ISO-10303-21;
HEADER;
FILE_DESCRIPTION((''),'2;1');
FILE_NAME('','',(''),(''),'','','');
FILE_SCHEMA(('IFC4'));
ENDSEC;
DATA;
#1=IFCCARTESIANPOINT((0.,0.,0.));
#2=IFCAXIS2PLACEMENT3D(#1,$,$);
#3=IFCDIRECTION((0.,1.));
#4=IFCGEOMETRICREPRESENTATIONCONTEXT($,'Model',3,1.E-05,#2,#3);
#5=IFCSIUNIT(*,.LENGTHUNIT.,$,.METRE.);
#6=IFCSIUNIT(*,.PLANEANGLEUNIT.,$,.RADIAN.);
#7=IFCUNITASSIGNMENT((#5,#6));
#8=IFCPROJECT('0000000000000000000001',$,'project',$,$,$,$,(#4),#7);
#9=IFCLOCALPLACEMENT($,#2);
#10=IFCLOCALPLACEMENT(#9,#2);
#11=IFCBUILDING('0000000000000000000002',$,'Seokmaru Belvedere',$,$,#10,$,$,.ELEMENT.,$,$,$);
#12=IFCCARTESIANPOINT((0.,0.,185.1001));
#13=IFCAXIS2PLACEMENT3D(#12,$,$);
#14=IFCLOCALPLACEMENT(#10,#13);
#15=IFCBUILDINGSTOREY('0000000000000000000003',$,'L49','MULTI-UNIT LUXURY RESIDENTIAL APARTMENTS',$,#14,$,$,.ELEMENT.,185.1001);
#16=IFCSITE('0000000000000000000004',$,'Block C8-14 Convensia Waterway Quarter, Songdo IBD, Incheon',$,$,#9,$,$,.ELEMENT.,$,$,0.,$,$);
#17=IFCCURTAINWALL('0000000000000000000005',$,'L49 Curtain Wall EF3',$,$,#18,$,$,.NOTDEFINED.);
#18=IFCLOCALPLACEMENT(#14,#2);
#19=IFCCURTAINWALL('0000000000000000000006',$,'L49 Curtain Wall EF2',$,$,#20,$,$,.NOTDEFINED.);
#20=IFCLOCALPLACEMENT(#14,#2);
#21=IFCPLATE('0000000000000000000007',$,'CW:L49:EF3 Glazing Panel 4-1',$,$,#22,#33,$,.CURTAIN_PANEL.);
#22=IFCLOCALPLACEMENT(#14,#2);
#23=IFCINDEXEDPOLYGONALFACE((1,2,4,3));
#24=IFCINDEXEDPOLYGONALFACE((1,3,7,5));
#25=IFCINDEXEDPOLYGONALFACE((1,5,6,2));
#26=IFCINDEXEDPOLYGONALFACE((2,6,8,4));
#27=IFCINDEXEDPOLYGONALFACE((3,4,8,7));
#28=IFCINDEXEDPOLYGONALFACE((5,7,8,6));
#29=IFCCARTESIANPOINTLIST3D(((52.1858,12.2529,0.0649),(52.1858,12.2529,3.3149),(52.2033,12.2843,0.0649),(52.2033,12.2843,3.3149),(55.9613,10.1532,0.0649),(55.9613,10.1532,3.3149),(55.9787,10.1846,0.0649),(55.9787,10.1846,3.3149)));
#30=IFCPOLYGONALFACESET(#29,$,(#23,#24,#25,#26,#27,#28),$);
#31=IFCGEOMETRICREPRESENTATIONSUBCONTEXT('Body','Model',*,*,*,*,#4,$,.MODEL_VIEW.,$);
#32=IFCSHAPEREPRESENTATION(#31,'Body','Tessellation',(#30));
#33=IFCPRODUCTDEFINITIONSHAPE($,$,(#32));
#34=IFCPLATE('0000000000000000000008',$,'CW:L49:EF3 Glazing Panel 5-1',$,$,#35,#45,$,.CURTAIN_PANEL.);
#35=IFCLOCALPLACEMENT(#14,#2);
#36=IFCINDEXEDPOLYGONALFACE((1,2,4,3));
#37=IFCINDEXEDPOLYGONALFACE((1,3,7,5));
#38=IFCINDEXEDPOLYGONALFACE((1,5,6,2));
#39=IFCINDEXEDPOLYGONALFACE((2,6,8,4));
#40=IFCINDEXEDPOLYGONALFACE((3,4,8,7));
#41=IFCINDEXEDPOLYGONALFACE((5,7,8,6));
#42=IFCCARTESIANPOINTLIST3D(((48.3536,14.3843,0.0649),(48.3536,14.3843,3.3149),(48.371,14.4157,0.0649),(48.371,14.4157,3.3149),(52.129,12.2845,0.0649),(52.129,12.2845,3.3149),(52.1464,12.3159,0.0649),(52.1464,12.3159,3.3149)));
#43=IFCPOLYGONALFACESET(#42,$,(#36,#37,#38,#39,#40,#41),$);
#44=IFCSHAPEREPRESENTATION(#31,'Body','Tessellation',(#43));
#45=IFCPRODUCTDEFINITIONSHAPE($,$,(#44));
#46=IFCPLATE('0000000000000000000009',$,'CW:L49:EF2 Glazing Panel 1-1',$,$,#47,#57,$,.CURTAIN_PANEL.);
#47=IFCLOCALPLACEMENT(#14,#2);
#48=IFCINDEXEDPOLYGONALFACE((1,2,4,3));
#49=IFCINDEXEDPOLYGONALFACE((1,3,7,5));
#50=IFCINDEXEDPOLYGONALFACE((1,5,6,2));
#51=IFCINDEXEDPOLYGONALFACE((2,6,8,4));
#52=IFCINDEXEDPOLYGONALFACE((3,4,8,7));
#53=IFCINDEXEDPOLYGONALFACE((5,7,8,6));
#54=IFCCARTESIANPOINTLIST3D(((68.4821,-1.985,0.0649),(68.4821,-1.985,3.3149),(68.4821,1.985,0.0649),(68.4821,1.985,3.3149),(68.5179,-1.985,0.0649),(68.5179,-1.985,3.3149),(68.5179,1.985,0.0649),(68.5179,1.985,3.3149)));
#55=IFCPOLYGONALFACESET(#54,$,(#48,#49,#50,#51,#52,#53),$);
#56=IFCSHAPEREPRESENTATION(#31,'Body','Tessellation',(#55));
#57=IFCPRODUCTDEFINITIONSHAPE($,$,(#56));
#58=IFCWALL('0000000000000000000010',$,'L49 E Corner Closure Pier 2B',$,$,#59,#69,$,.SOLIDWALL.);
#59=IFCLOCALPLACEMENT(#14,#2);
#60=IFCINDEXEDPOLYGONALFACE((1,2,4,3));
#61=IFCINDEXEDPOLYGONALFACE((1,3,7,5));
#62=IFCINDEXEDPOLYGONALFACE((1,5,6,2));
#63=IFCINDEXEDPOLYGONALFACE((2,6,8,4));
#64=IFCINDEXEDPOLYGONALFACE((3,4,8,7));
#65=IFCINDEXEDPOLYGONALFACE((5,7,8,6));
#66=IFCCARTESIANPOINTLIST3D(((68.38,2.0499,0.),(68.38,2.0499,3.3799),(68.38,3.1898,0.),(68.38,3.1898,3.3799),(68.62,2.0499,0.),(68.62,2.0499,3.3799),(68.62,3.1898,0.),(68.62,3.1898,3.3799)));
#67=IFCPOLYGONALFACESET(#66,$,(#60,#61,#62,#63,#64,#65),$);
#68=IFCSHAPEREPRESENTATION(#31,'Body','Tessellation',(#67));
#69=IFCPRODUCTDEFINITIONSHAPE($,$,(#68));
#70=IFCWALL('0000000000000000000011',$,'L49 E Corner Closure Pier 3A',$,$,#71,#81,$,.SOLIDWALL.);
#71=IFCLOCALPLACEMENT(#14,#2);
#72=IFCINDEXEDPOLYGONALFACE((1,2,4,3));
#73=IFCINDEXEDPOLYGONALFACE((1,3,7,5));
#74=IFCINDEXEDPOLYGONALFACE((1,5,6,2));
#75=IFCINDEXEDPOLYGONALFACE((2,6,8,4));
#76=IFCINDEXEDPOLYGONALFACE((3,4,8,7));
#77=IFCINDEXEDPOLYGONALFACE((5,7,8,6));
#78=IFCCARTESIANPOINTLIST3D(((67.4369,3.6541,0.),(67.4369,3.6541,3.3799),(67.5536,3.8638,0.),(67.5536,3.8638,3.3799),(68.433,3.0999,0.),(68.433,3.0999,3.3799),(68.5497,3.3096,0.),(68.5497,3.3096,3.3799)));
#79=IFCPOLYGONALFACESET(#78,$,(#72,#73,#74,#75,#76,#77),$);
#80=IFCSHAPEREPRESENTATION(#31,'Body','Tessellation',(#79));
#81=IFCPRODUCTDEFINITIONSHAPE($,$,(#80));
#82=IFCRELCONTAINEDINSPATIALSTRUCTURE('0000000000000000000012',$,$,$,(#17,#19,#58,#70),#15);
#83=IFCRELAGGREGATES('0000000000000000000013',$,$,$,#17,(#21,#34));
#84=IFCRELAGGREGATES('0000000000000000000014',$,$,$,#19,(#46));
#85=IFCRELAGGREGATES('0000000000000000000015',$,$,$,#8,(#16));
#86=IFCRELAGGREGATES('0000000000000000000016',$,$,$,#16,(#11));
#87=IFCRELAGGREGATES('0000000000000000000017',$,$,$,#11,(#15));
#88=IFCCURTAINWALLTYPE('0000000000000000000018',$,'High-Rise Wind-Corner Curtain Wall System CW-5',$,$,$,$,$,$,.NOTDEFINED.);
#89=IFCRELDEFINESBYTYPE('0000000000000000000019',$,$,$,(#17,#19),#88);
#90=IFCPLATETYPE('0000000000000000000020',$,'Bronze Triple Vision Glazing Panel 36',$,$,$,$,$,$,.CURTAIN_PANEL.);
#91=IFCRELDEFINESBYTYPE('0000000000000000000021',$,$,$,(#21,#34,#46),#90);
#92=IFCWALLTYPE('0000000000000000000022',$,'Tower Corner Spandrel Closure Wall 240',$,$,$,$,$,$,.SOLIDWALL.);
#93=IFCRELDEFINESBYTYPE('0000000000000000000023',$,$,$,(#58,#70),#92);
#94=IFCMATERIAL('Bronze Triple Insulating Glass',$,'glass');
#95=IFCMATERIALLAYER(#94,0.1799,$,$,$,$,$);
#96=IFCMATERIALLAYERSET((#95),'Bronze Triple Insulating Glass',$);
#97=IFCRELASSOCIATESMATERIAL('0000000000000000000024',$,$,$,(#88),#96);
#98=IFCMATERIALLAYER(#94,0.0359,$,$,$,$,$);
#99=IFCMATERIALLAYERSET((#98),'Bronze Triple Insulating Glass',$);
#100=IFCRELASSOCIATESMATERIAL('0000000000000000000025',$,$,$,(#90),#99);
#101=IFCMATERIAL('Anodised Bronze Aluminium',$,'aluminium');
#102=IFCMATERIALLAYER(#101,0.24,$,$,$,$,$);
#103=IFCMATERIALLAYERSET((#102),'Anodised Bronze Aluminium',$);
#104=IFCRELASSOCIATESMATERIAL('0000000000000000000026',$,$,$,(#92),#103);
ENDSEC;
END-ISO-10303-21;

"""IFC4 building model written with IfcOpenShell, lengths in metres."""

from ifc_helpers import new_model, si_unit, direction, frame, frame_2d, origin, origin_2d, place, context, subcontext, project, spatial, rectangle, extrude, source, transform, mapped, material, layer, layer_set, type_object, element, aggregate, save


model = new_model("IFC4")

# Units and contexts
model_context = context("Model", 3, precision=1e-05, world=origin(), true_north=direction((0.0, 1.0)))
body_context = subcontext(model_context, "Body", "Model", "MODEL_VIEW")
ifc_project = project(units=[si_unit("LENGTHUNIT", "METRE"), si_unit("PLANEANGLEUNIT", "RADIAN")], contexts=[model_context])

# Site, building, storey
site_placement = place(None, origin())
site = spatial("IfcSite", under=ifc_project, at=site_placement, Name="Block C8-14 Convensia Waterway Quarter, Songdo IBD, Incheon", CompositionType="ELEMENT", RefElevation=0.0)
building_placement = place(site_placement, origin())
building = spatial("IfcBuilding", under=site, at=building_placement, Name="Seokmaru Belvedere", CompositionType="ELEMENT")
storey_placement = place(building_placement, frame((0.0, 0.0, 185.1001)))
storey = spatial("IfcBuildingStorey", under=building, at=storey_placement, Name="L49", Description="MULTI-UNIT LUXURY RESIDENTIAL APARTMENTS", CompositionType="ELEMENT", Elevation=185.1001)

# Curtain walls
ifc_material_1 = material(Name="Bronze Triple Insulating Glass", Category="glass")
ifc_layer_1 = layer(ifc_material_1, 0.1799)
ifc_layer_set_1 = layer_set([ifc_layer_1], Name="Bronze Triple Insulating Glass")
curtain_wall_type = type_object("IfcCurtainWallType", Name="High-Rise Wind-Corner Curtain Wall System CW-5", PredefinedType="NOTDEFINED", material=ifc_layer_set_1)
curtain_wall_1_placement = place(storey_placement, origin())
curtain_wall_1 = element("IfcCurtainWall", 1, at=curtain_wall_1_placement, inside=storey, type_object=curtain_wall_type, Name="L49 Curtain Wall EF3", PredefinedType="NOTDEFINED")
ifc_material_2 = material(Name="Anodised Bronze Aluminium", Category="aluminium")
curtain_wall_2_placement = place(storey_placement, origin())
curtain_wall_2 = element("IfcCurtainWall", 2, at=curtain_wall_2_placement, inside=storey, type_object=curtain_wall_type, Name="L49 Curtain Wall EF2", PredefinedType="NOTDEFINED")

# Plates
ifc_layer_2 = layer(ifc_material_1, 0.0359)
ifc_layer_set_2 = layer_set([ifc_layer_2], Name="Bronze Triple Insulating Glass")
plate_type = type_object("IfcPlateType", Name="Bronze Triple Vision Glazing Panel 36", PredefinedType="CURTAIN_PANEL", material=ifc_layer_set_2)
shared_shape_1 = source(origin(), body_context, "Body", "SweptSolid", [
    extrude(rectangle(XDim=4.3201, YDim=0.0359, at=origin_2d()), origin(), (0.0, 0.0, 1.0), 3.25),
])
plate_1_placement = place(storey_placement, frame((54.0823, 11.2188, 0.0649), z_axis=(0.0, 0.0, 1.0), x_axis=(-0.873933, 0.486047, 0.0)))
plate_1 = element("IfcPlate", 3, at=plate_1_placement, type_object=plate_type, Name="CW:L49:EF3 Glazing Panel 4-1", PredefinedType="CURTAIN_PANEL", context=body_context, shape_type="MappedRepresentation", body=[
    mapped(shared_shape_1, transform((0.0, 0.0, 0.0), scale=1.0)),
])
plate_2_placement = place(storey_placement, frame((50.25, 13.3501, 0.0649), z_axis=(0.0, 0.0, 1.0), x_axis=(-0.873933, 0.486047, 0.0)))
plate_2 = element("IfcPlate", 4, at=plate_2_placement, type_object=plate_type, Name="CW:L49:EF3 Glazing Panel 5-1", PredefinedType="CURTAIN_PANEL", context=body_context, shape_type="MappedRepresentation", body=[
    mapped(shared_shape_1, transform((0.0, 0.0, 0.0), scale=1.0)),
])
aggregate(curtain_wall_1, [plate_1, plate_2])
shared_shape_2 = source(origin(), body_context, "Body", "SweptSolid", [
    extrude(rectangle(XDim=3.97, YDim=0.0359, at=origin_2d()), origin(), (0.0, 0.0, 1.0), 3.25),
])
plate_3_placement = place(storey_placement, frame((68.5, 0.0, 0.0649), z_axis=(0.0, 0.0, 1.0), x_axis=(0.0, 1.0, 0.0)))
plate_3 = element("IfcPlate", 5, at=plate_3_placement, type_object=plate_type, Name="CW:L49:EF2 Glazing Panel 1-1", PredefinedType="CURTAIN_PANEL", context=body_context, shape_type="MappedRepresentation", body=[
    mapped(shared_shape_2, transform((0.0, 0.0, 0.0), scale=1.0)),
])
aggregate(curtain_wall_2, [plate_3])

# Walls
ifc_layer_3 = layer(ifc_material_2, 0.24)
ifc_layer_set_3 = layer_set([ifc_layer_3], Name="Anodised Bronze Aluminium")
wall_type = type_object("IfcWallType", Name="Tower Corner Spandrel Closure Wall 240", PredefinedType="SOLIDWALL", material=ifc_layer_set_3)
for number, where, z_axis, x_axis, name in (
    (6, (68.5, 2.05, 0.0), (0.0, 0.0, 1.0), (0.0, 1.0, 0.0), "L49 E Corner Closure Pier 2B"),
    (7, (68.4912, 3.2048, 0.0), (0.0, 0.0, 1.0), (-0.873854, 0.486188, 0.0), "L49 E Corner Closure Pier 3A"),
):
    element("IfcWall", number, at=place(storey_placement, frame(where, z_axis=z_axis, x_axis=x_axis)), inside=storey, type_object=wall_type, Name=name, PredefinedType="SOLIDWALL", context=body_context, shape_type="SweptSolid", body=[
        extrude(rectangle(XDim=1.1399, YDim=0.24, at=frame_2d((0.5698, 0.0))), origin(), (0.0, 0.0, 1.0), 3.3799),
    ])

save(model, "model.ifc")
